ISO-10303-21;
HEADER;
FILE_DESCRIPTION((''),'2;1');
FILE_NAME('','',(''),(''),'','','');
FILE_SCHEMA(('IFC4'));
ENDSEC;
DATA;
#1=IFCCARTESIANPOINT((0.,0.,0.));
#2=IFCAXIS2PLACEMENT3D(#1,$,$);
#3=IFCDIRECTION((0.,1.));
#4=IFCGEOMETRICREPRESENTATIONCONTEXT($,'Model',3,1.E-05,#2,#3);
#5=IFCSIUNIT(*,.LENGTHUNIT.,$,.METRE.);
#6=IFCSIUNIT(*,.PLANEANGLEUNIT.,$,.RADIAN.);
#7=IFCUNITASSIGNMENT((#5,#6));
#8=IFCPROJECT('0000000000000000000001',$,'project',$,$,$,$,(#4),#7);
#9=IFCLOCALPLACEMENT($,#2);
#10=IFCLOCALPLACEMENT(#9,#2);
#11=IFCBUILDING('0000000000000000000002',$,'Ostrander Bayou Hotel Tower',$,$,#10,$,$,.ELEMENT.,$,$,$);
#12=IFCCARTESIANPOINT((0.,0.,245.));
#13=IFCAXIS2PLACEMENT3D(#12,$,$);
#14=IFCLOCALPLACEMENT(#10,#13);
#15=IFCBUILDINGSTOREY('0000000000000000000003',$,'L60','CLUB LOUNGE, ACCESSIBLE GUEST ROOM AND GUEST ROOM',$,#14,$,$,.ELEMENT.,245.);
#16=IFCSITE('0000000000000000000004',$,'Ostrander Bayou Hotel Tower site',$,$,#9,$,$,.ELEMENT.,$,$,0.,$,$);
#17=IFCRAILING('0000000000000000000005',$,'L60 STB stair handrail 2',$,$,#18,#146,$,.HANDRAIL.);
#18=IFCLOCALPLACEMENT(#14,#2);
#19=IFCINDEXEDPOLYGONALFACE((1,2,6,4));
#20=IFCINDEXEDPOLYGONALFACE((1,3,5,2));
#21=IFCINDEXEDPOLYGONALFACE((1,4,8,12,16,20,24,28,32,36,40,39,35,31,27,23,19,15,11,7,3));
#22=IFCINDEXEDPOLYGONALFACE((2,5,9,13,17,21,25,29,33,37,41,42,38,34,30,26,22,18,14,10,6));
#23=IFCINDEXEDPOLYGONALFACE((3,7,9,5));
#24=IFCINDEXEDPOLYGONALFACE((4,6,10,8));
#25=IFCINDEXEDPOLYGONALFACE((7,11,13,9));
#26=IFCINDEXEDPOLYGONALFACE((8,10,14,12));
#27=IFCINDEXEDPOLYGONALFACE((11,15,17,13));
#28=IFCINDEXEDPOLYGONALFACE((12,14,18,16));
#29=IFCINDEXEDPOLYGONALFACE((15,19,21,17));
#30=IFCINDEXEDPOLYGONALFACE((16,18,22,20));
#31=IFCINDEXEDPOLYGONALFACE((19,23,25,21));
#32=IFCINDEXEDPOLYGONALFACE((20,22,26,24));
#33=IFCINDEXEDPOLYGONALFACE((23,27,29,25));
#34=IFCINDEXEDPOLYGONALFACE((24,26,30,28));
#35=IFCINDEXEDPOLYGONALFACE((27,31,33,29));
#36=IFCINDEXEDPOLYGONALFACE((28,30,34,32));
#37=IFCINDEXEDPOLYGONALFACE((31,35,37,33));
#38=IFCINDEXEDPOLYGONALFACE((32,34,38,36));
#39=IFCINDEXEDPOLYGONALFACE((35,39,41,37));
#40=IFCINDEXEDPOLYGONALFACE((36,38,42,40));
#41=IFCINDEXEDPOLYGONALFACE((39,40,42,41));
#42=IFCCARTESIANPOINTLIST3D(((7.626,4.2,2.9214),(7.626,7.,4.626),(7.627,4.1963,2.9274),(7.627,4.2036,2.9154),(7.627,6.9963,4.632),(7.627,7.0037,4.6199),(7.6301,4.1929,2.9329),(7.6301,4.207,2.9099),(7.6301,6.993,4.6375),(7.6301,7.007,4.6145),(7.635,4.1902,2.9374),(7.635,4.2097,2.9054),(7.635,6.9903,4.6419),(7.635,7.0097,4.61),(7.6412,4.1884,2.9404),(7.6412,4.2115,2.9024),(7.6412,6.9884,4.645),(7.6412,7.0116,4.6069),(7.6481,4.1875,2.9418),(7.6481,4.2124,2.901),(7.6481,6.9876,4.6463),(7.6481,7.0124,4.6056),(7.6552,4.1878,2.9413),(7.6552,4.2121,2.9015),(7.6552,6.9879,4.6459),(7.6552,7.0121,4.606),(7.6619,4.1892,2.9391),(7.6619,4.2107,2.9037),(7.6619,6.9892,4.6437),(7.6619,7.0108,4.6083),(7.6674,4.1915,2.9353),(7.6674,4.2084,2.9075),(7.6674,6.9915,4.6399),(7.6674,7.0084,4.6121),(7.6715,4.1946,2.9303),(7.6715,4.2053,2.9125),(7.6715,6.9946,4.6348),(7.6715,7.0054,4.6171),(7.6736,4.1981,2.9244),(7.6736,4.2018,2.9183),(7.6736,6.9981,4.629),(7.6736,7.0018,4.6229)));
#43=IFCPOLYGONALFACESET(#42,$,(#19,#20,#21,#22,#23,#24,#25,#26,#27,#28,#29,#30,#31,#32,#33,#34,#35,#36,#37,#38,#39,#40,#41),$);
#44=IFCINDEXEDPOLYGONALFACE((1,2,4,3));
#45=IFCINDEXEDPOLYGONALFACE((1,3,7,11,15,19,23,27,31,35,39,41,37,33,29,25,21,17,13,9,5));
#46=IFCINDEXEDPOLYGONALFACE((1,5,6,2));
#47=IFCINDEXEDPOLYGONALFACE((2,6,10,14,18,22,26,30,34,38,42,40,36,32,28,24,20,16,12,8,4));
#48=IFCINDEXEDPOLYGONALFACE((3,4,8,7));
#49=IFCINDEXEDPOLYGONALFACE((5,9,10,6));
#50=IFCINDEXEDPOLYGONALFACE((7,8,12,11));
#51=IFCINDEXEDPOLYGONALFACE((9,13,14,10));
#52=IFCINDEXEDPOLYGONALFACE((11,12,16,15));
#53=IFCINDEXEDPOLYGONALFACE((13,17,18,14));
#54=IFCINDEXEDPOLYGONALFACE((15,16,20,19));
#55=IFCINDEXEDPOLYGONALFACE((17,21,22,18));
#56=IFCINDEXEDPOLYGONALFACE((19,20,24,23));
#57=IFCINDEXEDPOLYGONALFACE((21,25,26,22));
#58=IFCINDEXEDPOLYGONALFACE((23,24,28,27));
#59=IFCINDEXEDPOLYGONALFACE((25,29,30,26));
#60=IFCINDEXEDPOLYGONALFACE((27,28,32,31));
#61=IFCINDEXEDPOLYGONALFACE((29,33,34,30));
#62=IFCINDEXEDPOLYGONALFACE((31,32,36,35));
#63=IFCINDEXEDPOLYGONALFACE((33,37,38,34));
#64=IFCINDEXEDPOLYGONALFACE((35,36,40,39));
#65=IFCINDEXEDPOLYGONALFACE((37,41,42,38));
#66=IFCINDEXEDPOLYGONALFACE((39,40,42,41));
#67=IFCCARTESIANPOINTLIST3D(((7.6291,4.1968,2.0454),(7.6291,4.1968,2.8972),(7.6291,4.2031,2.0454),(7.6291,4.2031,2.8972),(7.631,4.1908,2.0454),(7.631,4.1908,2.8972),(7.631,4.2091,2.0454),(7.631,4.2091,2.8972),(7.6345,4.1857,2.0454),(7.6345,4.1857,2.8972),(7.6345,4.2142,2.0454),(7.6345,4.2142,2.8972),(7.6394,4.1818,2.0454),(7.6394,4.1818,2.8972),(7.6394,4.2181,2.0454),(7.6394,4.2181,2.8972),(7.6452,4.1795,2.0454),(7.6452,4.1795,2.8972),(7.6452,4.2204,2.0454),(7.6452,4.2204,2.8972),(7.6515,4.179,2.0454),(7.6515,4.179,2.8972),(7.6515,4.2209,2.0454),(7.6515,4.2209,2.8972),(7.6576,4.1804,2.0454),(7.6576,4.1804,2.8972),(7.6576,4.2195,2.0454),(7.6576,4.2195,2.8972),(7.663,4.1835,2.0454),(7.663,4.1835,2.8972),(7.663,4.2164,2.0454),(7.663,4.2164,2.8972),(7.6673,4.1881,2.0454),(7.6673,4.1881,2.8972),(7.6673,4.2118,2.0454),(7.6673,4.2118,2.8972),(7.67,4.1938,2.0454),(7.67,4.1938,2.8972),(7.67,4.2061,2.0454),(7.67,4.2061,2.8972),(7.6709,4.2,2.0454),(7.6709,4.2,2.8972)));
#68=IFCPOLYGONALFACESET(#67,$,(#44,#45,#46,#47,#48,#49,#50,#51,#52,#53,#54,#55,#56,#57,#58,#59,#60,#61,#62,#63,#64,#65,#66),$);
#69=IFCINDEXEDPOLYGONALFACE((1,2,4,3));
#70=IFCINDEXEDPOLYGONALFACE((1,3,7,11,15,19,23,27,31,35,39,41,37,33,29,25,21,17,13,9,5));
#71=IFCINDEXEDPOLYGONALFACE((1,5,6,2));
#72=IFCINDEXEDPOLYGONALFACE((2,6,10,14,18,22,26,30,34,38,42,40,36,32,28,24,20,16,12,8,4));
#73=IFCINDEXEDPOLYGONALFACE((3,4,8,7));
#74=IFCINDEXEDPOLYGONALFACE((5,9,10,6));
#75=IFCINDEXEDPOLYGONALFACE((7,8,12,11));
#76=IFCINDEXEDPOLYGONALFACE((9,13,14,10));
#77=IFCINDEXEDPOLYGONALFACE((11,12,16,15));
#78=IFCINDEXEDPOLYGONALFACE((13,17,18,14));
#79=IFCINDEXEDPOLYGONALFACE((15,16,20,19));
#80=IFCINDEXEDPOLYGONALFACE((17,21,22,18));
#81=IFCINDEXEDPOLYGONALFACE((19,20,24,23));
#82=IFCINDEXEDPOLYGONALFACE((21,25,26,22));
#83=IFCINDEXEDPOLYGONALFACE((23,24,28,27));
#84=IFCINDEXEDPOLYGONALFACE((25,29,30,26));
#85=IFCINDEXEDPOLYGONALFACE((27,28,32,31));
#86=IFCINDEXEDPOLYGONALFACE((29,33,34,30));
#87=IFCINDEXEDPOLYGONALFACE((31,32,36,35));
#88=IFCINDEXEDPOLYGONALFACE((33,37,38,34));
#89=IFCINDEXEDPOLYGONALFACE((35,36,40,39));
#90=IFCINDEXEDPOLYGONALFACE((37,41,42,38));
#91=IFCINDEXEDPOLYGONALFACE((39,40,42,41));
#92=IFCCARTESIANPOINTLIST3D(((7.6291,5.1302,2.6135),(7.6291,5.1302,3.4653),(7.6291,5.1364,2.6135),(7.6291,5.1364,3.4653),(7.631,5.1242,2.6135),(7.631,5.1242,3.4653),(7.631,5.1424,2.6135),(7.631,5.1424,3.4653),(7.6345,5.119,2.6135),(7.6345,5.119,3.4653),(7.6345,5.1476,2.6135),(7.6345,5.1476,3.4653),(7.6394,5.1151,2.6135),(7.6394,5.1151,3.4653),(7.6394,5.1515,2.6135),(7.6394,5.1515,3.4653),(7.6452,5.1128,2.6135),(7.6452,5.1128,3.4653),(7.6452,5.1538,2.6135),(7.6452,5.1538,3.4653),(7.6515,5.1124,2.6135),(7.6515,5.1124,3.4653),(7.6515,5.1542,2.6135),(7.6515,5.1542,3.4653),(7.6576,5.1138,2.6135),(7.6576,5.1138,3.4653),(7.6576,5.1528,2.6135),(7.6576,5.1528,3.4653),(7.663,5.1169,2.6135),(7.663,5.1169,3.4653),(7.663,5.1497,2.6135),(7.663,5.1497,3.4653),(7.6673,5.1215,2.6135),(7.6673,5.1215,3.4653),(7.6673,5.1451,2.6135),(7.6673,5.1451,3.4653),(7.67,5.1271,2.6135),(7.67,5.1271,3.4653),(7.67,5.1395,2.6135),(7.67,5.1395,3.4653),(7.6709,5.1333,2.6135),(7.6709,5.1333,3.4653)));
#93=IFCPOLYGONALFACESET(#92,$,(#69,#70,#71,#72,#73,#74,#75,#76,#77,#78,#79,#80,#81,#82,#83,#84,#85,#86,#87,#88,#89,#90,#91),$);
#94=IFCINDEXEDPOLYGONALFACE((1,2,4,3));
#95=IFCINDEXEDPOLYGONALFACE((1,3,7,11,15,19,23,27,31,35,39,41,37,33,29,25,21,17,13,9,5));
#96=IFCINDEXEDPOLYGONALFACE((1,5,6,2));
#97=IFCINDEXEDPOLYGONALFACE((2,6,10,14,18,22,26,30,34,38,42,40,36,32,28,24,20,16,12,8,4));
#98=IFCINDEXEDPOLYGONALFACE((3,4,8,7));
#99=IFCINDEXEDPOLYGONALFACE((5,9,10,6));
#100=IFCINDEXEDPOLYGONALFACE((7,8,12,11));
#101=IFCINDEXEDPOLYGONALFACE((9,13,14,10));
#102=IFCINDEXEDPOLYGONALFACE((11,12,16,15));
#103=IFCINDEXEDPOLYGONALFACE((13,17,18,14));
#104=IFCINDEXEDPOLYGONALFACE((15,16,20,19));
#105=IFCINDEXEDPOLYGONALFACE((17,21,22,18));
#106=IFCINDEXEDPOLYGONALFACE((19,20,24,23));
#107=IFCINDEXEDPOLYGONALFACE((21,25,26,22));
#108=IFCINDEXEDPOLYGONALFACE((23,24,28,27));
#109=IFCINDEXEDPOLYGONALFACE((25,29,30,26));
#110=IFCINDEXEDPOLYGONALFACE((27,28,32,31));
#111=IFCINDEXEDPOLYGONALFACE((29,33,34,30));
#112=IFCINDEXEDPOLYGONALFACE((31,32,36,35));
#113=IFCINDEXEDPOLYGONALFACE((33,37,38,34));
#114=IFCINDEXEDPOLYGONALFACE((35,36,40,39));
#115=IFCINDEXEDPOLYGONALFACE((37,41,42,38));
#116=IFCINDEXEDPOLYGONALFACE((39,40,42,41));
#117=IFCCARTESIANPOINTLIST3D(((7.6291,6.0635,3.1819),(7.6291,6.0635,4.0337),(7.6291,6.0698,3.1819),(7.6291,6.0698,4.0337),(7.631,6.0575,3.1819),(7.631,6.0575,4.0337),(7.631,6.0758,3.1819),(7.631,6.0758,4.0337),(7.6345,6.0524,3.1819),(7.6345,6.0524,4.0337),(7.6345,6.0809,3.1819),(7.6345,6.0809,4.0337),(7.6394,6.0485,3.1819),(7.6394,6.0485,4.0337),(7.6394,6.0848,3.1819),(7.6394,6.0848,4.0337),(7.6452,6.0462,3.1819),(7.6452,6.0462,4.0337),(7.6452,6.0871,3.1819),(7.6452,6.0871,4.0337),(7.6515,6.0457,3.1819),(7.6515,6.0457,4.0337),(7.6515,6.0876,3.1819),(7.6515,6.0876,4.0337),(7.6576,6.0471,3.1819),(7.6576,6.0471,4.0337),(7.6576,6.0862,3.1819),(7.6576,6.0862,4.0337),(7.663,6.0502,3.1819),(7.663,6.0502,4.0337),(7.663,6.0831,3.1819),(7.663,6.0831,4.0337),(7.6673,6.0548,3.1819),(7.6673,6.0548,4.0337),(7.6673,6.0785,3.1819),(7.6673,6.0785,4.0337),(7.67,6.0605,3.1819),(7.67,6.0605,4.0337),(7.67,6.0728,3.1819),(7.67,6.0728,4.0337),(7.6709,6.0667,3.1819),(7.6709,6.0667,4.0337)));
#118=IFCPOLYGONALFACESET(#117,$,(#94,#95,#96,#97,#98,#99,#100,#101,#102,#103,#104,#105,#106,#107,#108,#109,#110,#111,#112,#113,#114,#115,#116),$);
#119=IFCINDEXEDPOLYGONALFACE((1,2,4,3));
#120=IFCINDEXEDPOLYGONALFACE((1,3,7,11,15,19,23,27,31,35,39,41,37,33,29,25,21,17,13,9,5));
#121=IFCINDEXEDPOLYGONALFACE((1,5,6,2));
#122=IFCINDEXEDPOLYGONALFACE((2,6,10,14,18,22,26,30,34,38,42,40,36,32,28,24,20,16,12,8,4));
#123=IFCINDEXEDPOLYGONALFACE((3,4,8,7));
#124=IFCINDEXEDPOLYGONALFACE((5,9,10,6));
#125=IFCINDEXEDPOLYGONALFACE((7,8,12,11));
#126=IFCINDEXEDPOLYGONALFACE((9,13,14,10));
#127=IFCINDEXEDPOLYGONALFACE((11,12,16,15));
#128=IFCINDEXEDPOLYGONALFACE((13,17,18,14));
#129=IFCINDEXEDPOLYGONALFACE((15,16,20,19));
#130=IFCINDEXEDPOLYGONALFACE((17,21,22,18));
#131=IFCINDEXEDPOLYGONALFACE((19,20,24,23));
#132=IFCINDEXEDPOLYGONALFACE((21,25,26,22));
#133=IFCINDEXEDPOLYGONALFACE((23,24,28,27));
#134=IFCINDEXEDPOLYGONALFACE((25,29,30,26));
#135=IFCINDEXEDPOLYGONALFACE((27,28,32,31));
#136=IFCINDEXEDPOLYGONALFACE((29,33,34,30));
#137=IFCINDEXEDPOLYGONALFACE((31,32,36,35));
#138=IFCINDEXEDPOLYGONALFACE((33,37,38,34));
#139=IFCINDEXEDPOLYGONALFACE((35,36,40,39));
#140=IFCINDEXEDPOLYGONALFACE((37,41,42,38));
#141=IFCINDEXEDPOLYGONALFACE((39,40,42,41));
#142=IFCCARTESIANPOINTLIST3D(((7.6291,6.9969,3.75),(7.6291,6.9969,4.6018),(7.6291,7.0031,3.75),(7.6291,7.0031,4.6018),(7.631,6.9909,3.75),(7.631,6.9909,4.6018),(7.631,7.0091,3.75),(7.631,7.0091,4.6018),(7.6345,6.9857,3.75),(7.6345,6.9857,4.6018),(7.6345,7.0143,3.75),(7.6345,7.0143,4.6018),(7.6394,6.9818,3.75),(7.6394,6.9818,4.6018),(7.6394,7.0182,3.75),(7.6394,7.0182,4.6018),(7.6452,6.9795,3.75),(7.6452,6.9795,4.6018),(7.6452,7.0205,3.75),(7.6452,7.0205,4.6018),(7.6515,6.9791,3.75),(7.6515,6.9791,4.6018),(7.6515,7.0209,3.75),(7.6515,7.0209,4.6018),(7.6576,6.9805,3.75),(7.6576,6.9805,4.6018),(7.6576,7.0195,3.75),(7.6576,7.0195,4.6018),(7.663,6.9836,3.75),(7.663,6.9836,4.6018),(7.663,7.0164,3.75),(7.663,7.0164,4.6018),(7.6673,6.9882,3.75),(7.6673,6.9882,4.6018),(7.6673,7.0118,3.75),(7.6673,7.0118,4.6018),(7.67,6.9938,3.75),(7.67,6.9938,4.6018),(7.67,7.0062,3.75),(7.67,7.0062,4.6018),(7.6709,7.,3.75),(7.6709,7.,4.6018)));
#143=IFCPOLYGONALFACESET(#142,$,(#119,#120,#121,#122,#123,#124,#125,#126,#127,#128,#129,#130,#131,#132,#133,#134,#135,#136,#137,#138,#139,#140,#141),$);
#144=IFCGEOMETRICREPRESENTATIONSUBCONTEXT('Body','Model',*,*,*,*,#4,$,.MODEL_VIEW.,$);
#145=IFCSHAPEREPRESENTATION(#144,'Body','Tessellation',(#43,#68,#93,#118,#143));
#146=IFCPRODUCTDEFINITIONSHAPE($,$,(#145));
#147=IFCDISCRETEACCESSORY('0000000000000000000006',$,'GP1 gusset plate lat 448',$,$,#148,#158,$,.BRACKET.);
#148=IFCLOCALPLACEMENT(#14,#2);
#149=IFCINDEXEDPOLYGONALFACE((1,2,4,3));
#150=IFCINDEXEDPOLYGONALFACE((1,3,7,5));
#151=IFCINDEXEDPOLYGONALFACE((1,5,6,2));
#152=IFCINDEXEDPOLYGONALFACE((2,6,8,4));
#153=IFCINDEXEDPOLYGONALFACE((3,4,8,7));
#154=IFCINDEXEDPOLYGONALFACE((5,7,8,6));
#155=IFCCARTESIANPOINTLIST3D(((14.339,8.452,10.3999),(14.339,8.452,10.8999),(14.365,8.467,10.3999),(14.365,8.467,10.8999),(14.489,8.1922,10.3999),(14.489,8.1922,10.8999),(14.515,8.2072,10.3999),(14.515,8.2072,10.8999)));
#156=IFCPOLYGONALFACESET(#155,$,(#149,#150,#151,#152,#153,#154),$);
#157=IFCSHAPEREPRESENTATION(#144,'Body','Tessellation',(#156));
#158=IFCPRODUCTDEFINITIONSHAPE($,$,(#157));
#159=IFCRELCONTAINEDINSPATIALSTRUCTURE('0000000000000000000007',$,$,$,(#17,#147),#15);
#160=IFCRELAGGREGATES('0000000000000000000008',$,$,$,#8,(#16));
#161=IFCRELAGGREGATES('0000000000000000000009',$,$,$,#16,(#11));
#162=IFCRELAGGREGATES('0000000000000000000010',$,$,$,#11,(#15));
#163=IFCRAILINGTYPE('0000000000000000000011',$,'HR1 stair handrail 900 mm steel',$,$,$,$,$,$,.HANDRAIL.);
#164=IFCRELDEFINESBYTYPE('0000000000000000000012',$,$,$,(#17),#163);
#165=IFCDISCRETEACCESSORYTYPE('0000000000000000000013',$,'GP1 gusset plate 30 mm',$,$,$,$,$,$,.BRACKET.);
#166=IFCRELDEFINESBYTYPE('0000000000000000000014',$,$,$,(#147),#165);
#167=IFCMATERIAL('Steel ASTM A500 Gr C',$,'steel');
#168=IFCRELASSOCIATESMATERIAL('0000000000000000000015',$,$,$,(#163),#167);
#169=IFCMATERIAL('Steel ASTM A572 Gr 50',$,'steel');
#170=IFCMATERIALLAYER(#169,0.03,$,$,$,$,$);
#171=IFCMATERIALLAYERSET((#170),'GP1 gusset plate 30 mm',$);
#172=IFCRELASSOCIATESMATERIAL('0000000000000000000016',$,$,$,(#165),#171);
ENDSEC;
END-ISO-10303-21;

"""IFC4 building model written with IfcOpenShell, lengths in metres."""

from ifc_helpers import new_model, si_unit, direction, frame, origin, origin_2d, place, context, subcontext, project, spatial, rectangle, circle, extrude, material, layer, layer_set, type_object, element, save


model = new_model("IFC4")

# Units and contexts
model_context = context("Model", 3, precision=1e-05, world=origin(), true_north=direction((0.0, 1.0)))
body_context = subcontext(model_context, "Body", "Model", "MODEL_VIEW")
ifc_project = project(units=[si_unit("LENGTHUNIT", "METRE"), si_unit("PLANEANGLEUNIT", "RADIAN")], contexts=[model_context])

# Site, building, storey
site_placement = place(None, origin())
site = spatial("IfcSite", under=ifc_project, at=site_placement, Name="Ostrander Bayou Hotel Tower site", CompositionType="ELEMENT", RefElevation=0.0)
building_placement = place(site_placement, origin())
building = spatial("IfcBuilding", under=site, at=building_placement, Name="Ostrander Bayou Hotel Tower", CompositionType="ELEMENT")
storey_placement = place(building_placement, frame((0.0, 0.0, 245.0)))
storey = spatial("IfcBuildingStorey", under=building, at=storey_placement, Name="L60", Description="CLUB LOUNGE, ACCESSIBLE GUEST ROOM AND GUEST ROOM", CompositionType="ELEMENT", Elevation=245.0)

# Railing
ifc_material_1 = material(Name="Steel ASTM A500 Gr C", Category="steel")
railing_type_1 = type_object("IfcRailingType", Name="HR1 stair handrail 900 mm steel", PredefinedType="HANDRAIL", material=ifc_material_1)
railing_1_placement = place(storey_placement, frame((7.6499, 4.2, 2.0454)))
element("IfcRailing", 1, at=railing_1_placement, inside=storey, type_object=railing_type_1, Name="L60 STB stair handrail 2", PredefinedType="HANDRAIL", context=body_context, shape_type="SweptSolid", body=[
    extrude(circle(Radius=0.0239, at=origin_2d()), frame((0.0, 0.0, 0.876), z_axis=(0.0, 0.85417, 0.519994), x_axis=(-1.0, 0.0, 0.0)), (0.0, 0.0, 1.0), 3.2781),
    extrude(circle(Radius=0.021, at=origin_2d()), origin(), (0.0, 0.0, 1.0), 0.8518),
    extrude(circle(Radius=0.021, at=origin_2d()), frame((0.0, 0.9333, 0.5681)), (0.0, 0.0, 1.0), 0.8518),
    extrude(circle(Radius=0.021, at=origin_2d()), frame((0.0, 1.8667, 1.1365)), (0.0, 0.0, 1.0), 0.8518),
    extrude(circle(Radius=0.021, at=origin_2d()), frame((0.0, 2.8, 1.7046)), (0.0, 0.0, 1.0), 0.8518),
])

# Discrete accessory
ifc_material_2 = material(Name="Steel ASTM A572 Gr 50", Category="steel")
ifc_layer_1 = layer(ifc_material_2, 0.03)
ifc_layer_set_1 = layer_set([ifc_layer_1], Name="GP1 gusset plate 30 mm")
discrete_accessory_type = type_object("IfcDiscreteAccessoryType", Name="GP1 gusset plate 30 mm", PredefinedType="BRACKET", material=ifc_layer_set_1)
discrete_accessory_placement = place(storey_placement, frame((14.427, 8.3296, 10.3999), z_axis=(0.0, 0.0, 1.0), x_axis=(-0.5, 0.866025, 0.0)))
element("IfcDiscreteAccessory", 2, at=discrete_accessory_placement, inside=storey, type_object=discrete_accessory_type, Name="GP1 gusset plate lat 448", PredefinedType="BRACKET", context=body_context, shape_type="SweptSolid", body=[
    extrude(rectangle(XDim=0.3, YDim=0.03, at=origin_2d()), origin(), (0.0, 0.0, 1.0), 0.5),
])

save(model, "model.ifc")
